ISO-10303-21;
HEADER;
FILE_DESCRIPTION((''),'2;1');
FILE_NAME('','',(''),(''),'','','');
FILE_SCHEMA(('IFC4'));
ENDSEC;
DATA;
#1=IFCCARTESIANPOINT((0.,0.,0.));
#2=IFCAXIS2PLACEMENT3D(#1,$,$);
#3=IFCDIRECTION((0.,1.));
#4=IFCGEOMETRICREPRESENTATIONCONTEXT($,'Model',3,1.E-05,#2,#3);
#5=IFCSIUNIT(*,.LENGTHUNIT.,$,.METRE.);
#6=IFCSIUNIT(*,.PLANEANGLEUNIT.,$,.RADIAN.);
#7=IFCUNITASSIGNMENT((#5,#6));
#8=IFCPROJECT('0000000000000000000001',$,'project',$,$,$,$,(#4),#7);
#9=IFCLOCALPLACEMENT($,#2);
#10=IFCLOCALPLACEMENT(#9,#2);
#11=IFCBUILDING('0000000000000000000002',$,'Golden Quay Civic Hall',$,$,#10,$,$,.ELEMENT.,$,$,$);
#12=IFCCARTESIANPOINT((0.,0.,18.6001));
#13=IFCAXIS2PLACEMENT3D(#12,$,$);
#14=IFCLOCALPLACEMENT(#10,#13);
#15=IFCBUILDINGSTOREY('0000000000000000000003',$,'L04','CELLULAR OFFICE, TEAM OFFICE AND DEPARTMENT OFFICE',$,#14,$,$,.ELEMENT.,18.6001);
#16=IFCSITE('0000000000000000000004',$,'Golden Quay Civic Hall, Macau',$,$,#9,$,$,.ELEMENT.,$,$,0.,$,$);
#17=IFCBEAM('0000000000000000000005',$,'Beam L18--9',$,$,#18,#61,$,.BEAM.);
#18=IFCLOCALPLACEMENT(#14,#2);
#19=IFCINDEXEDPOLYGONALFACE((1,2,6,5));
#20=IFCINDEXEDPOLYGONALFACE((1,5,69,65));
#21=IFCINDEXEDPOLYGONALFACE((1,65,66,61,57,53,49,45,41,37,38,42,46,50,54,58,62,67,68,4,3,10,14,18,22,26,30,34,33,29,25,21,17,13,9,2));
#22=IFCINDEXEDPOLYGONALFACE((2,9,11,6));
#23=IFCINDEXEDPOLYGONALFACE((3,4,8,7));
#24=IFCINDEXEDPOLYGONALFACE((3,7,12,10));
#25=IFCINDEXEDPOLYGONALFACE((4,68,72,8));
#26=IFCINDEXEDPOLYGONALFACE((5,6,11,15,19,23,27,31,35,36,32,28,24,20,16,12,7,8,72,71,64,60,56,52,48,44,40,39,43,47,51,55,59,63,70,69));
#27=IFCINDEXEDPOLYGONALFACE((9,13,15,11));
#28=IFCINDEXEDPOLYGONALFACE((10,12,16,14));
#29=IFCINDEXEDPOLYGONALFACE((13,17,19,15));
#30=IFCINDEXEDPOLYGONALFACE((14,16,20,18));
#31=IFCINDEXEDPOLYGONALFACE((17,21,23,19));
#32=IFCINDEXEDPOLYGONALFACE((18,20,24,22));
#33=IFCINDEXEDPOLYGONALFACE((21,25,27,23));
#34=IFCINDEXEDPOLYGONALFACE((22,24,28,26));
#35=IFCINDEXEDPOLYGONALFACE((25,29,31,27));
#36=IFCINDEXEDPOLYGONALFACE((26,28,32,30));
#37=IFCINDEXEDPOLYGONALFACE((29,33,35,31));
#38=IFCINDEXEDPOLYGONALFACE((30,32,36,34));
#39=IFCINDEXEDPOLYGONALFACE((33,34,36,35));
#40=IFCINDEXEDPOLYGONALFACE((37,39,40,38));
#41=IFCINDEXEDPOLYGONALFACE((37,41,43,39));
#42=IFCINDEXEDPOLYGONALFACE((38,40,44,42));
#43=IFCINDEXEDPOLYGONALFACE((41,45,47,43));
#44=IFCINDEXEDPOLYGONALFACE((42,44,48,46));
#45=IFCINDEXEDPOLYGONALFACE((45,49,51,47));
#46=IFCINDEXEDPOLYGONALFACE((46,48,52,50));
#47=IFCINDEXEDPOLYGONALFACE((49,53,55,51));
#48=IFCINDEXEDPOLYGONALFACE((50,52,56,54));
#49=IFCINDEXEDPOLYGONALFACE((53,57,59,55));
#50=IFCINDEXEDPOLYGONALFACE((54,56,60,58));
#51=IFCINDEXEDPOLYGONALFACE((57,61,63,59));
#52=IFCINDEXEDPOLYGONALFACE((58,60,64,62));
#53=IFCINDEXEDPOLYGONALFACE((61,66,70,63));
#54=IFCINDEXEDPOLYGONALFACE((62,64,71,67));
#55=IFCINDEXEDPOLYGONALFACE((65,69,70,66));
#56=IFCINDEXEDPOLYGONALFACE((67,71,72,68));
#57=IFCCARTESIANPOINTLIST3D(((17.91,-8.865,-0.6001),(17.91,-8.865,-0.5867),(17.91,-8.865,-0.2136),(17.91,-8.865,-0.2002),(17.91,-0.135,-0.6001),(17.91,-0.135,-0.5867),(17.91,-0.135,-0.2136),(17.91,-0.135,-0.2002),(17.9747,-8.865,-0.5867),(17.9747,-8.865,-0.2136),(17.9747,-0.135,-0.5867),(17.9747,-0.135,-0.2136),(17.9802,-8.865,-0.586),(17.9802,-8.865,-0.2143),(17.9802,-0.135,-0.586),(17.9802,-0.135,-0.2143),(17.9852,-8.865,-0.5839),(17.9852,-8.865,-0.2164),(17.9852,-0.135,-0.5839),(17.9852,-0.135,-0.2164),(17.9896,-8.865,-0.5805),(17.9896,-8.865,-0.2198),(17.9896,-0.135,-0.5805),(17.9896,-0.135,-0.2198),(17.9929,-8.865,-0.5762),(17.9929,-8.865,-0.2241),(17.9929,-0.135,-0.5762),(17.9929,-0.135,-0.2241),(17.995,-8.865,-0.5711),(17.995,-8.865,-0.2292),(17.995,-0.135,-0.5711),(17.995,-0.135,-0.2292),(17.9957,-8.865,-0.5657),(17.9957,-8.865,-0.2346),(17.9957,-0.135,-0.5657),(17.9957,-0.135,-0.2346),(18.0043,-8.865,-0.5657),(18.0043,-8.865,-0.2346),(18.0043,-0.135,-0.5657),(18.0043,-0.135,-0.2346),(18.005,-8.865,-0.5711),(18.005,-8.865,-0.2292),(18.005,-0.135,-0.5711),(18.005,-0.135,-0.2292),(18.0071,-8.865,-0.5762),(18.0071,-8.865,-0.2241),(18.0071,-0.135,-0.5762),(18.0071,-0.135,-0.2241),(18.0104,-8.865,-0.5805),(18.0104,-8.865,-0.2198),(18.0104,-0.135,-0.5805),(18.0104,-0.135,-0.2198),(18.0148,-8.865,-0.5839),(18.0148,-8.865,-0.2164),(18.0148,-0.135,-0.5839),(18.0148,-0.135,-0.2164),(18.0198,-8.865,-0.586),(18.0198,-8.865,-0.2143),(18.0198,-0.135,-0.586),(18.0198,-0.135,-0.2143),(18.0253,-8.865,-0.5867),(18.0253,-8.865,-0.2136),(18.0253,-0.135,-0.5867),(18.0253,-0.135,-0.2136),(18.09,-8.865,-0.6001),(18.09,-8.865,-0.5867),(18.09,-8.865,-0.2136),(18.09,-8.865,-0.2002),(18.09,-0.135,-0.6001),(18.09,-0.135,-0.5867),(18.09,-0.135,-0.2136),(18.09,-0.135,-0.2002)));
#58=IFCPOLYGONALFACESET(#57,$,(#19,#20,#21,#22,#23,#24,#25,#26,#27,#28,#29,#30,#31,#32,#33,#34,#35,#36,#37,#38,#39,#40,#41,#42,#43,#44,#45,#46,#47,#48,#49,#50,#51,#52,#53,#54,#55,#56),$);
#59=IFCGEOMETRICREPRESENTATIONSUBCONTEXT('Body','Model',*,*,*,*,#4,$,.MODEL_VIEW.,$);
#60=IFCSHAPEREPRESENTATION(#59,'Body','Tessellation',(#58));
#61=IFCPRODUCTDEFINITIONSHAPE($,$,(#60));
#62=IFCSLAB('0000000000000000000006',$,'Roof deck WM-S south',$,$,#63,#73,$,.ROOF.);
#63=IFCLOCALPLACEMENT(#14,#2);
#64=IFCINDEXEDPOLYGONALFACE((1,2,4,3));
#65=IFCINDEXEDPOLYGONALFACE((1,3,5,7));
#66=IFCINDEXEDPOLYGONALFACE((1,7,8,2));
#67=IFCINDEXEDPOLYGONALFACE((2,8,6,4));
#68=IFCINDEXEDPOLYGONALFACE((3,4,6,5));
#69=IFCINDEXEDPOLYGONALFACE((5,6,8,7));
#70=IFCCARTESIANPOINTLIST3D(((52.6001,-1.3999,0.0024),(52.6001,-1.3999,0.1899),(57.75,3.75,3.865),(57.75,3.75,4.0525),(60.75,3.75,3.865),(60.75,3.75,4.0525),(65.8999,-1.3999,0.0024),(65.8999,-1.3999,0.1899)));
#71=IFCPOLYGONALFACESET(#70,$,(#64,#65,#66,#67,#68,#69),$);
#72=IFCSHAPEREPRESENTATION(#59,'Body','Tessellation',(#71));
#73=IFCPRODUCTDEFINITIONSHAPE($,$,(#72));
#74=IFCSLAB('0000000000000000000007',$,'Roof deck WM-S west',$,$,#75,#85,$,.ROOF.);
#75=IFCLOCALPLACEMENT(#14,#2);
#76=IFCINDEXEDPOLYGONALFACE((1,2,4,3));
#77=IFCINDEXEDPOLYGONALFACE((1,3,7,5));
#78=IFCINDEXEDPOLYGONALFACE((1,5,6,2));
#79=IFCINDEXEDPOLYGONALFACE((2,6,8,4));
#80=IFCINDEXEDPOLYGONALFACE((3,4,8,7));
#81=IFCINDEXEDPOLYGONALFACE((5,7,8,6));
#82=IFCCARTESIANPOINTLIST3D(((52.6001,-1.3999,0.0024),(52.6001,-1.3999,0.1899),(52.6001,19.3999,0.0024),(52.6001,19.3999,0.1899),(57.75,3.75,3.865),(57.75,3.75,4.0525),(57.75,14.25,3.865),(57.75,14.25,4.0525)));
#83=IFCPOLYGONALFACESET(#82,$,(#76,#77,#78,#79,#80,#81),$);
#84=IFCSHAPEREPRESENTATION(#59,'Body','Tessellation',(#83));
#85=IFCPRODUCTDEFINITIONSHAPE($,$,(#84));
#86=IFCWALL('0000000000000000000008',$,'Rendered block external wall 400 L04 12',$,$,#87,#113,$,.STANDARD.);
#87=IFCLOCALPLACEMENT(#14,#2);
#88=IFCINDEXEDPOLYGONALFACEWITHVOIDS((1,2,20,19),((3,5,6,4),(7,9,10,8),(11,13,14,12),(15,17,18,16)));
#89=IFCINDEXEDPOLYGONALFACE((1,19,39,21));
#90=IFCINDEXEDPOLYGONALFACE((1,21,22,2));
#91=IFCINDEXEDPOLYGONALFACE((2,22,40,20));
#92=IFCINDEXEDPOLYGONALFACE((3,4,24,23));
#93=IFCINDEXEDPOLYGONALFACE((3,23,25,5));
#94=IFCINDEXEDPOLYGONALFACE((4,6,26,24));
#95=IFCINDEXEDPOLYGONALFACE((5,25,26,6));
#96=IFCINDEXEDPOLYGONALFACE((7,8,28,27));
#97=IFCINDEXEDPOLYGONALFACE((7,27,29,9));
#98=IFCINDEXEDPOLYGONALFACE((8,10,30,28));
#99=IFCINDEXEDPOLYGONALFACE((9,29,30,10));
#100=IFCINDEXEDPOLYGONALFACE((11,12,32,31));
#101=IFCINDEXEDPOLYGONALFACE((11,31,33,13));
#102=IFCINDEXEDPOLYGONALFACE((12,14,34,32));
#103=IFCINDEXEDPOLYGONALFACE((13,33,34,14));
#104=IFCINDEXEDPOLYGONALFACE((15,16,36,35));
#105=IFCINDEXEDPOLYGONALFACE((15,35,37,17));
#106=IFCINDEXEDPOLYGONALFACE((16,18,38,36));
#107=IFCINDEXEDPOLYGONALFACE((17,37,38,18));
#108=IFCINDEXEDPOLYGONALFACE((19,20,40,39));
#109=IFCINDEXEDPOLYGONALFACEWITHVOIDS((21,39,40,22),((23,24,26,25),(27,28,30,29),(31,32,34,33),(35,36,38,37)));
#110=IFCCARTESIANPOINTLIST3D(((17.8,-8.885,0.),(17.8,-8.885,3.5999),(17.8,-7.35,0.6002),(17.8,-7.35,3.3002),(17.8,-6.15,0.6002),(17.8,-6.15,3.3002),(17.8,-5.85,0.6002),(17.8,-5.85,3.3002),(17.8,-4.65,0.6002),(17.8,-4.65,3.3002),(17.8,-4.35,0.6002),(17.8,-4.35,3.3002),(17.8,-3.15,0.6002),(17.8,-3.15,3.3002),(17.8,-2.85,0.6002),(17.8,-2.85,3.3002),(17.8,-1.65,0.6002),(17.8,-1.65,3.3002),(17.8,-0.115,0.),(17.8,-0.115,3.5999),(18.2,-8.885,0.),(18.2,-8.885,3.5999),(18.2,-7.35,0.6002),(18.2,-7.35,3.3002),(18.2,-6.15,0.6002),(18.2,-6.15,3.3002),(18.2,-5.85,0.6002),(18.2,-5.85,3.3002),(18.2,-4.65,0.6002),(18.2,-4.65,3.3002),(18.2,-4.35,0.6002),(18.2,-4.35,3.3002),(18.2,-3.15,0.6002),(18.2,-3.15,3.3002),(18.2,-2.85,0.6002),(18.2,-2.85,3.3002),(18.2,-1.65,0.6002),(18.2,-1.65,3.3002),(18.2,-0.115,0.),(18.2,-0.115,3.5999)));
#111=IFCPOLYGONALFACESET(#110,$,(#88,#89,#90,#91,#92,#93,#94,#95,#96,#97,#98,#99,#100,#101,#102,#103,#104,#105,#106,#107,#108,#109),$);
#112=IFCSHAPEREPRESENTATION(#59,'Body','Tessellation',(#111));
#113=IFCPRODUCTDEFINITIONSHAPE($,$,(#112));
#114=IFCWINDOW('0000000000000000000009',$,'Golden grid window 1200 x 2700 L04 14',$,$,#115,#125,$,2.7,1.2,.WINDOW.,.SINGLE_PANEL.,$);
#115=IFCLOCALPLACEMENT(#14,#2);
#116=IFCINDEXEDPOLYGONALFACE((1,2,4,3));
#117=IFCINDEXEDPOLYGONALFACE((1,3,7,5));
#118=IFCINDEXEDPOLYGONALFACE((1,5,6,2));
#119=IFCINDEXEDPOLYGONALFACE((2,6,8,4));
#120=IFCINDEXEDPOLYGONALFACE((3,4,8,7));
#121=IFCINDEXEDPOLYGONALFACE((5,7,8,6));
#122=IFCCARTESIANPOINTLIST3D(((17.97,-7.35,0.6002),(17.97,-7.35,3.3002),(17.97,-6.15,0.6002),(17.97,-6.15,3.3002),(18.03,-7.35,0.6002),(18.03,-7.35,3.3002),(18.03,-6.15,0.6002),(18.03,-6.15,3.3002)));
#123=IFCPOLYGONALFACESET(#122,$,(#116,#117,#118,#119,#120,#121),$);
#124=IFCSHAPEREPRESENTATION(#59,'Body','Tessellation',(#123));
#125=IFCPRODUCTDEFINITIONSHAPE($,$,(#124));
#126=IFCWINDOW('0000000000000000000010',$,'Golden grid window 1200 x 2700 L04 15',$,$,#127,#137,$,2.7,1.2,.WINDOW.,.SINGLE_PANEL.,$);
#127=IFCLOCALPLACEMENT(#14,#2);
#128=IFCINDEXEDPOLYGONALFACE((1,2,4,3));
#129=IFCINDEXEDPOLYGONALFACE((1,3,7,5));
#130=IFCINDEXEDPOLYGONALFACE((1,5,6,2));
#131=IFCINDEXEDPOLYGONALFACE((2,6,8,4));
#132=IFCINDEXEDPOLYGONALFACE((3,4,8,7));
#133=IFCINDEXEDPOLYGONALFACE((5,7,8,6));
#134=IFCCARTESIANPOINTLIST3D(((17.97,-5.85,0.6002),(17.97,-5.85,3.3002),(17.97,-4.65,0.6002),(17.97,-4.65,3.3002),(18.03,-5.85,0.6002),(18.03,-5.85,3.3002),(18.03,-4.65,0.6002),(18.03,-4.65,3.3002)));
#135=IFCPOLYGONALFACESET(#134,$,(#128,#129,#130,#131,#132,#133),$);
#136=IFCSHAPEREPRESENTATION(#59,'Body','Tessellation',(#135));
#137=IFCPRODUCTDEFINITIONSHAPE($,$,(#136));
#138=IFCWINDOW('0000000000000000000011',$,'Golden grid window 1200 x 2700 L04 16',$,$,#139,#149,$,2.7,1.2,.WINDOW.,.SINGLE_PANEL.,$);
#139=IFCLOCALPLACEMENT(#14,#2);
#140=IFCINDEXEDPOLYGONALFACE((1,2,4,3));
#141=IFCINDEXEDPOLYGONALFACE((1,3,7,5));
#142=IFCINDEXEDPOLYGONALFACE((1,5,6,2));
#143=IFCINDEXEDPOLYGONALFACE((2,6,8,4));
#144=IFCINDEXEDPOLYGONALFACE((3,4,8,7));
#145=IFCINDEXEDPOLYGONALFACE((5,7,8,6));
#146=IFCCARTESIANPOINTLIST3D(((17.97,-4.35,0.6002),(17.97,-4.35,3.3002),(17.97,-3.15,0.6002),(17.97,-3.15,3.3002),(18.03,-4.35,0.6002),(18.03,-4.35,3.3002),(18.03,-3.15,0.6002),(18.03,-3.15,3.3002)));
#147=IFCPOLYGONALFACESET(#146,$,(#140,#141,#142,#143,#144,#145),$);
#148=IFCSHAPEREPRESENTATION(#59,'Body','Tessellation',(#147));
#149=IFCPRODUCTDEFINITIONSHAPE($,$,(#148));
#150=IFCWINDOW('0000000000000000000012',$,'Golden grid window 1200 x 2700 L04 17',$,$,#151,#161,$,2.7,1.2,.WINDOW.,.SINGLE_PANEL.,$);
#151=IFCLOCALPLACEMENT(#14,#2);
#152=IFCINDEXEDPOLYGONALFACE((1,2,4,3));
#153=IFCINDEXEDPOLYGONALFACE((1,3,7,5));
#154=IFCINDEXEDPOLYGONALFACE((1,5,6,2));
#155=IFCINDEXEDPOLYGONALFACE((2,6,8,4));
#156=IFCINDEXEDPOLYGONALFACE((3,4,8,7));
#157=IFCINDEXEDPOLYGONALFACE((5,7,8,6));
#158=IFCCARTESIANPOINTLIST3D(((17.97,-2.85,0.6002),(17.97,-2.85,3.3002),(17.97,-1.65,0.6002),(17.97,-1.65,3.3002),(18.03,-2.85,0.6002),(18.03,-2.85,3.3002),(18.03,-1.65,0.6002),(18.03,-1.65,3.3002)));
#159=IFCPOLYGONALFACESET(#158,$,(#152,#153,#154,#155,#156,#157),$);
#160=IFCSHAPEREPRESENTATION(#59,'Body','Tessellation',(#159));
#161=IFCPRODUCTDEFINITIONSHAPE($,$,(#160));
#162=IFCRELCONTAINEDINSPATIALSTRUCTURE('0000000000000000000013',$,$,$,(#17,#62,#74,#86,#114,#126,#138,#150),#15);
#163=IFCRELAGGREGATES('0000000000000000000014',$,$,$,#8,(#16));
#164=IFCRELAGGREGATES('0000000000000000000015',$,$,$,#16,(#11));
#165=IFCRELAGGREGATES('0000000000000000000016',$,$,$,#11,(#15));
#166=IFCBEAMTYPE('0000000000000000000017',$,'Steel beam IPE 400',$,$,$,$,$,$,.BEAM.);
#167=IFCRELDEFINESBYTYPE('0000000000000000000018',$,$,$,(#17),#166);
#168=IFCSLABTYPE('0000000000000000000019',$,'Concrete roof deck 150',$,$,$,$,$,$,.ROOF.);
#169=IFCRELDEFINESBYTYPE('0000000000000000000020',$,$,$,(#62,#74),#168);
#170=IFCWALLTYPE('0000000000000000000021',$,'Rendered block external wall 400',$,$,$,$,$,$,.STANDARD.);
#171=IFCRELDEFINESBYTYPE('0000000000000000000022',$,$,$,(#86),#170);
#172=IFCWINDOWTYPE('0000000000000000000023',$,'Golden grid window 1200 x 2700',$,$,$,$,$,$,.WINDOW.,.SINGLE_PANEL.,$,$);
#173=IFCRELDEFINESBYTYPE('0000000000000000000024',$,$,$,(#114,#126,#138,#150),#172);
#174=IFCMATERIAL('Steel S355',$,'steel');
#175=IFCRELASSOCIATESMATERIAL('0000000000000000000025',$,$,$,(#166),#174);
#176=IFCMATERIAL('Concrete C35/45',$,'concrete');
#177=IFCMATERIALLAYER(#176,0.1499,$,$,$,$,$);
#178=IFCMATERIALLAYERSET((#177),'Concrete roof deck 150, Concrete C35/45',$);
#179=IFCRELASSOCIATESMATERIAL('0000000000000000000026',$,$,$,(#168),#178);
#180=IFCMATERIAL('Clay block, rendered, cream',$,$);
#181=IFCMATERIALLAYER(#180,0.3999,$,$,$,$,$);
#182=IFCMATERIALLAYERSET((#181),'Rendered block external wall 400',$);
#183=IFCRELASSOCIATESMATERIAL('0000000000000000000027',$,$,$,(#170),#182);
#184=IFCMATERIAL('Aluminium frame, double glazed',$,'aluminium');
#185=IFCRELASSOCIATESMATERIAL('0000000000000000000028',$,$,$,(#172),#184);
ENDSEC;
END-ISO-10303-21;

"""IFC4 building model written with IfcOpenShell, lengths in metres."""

from ifc_helpers import new_model, si_unit, direction, frame, frame_2d, origin, origin_2d, place, context, subcontext, project, spatial, polyline, rectangle, i_section, outline, extrude, material, layer, layer_set, material_profile, profile_set, type_object, element, fill, save


model = new_model("IFC4")

# Units and contexts
model_context = context("Model", 3, precision=1e-05, world=origin(), true_north=direction((0.0, 1.0)))
body_context = subcontext(model_context, "Body", "Model", "MODEL_VIEW")
ifc_project = project(units=[si_unit("LENGTHUNIT", "METRE"), si_unit("PLANEANGLEUNIT", "RADIAN")], contexts=[model_context])

# Site, building, storey
site_placement = place(None, origin())
site = spatial("IfcSite", under=ifc_project, at=site_placement, Name="Golden Quay Civic Hall, Macau", CompositionType="ELEMENT", RefElevation=0.0)
building_placement = place(site_placement, origin())
building = spatial("IfcBuilding", under=site, at=building_placement, Name="Golden Quay Civic Hall", CompositionType="ELEMENT")
storey_placement = place(building_placement, frame((0.0, 0.0, 18.6001)))
storey = spatial("IfcBuildingStorey", under=building, at=storey_placement, Name="L04", Description="CELLULAR OFFICE, TEAM OFFICE AND DEPARTMENT OFFICE", CompositionType="ELEMENT", Elevation=18.6001)

# Beam
ifc_material_1 = material(Name="Steel S355", Category="steel")
ifc_material_profile_1 = material_profile(ifc_material_1, i_section(OverallWidth=0.1799, OverallDepth=0.3999, WebThickness=0.0085, FlangeThickness=0.0134, FilletRadius=0.021, at=origin_2d()), Name="IPE 400")
ifc_profile_set_1 = profile_set([ifc_material_profile_1], Name="Steel S355")
beam_type_1 = type_object("IfcBeamType", Name="Steel beam IPE 400", PredefinedType="BEAM", material=ifc_profile_set_1)
beam_1_placement = place(storey_placement, frame((18.0, -8.865, -0.4001), z_axis=(0.0, 1.0, 0.0), x_axis=(-1.0, 0.0, 0.0)))
element("IfcBeam", 1, at=beam_1_placement, inside=storey, type_object=beam_type_1, Name="Beam L18--9", PredefinedType="BEAM", context=body_context, shape_type="SweptSolid", body=[
    extrude(i_section(OverallWidth=0.1799, OverallDepth=0.3999, WebThickness=0.0085, FlangeThickness=0.0134, FilletRadius=0.021, at=origin_2d()), origin(), (0.0, 0.0, 1.0), 8.73),
])

# Slabs
ifc_material_2 = material(Name="Concrete C35/45", Category="concrete")
ifc_layer_1 = layer(ifc_material_2, 0.1499)
ifc_layer_set_1 = layer_set([ifc_layer_1], Name="Concrete roof deck 150, Concrete C35/45")
slab_type = type_object("IfcSlabType", Name="Concrete roof deck 150", PredefinedType="ROOF", material=ifc_layer_set_1)
slab_1_placement = place(storey_placement, frame((52.6001, -1.3999, 0.1899), z_axis=(0.0, -0.600012, 0.799991), x_axis=(1.0, 0.0, 0.0)))
element("IfcSlab", 2, at=slab_1_placement, inside=storey, type_object=slab_type, Name="Roof deck WM-S south", PredefinedType="ROOF", context=body_context, shape_type="SweptSolid", body=[
    extrude(outline(polyline([(0.0, 0.0), (13.2998, 0.0), (8.1499, 6.4375), (5.1499, 6.4375), (0.0, 0.0)])), origin(), (0.0, -0.600012, -0.799991), 0.1875),
])
slab_2_placement = place(storey_placement, frame((52.6001, -1.3999, 0.1899), z_axis=(-0.600012, 0.0, 0.799991), x_axis=(0.0, 1.0, 0.0)))
element("IfcSlab", 3, at=slab_2_placement, inside=storey, type_object=slab_type, Name="Roof deck WM-S west", PredefinedType="ROOF", context=body_context, shape_type="SweptSolid", body=[
    extrude(outline(polyline([(0.0, 0.0), (20.7998, 0.0), (15.6499, -6.4375), (5.1499, -6.4375), (0.0, 0.0)])), origin(), (0.0, 0.600012, -0.799991), 0.1875),
])

# Wall, openings, windows
ifc_material_3 = material(Name="Clay block, rendered, cream")
ifc_layer_2 = layer(ifc_material_3, 0.3999)
ifc_layer_set_2 = layer_set([ifc_layer_2], Name="Rendered block external wall 400")
wall_type = type_object("IfcWallType", Name="Rendered block external wall 400", PredefinedType="STANDARD", material=ifc_layer_set_2)
wall_1_placement = place(storey_placement, frame((18.0, -0.115, 0.0), z_axis=(0.0, 0.0, 1.0), x_axis=(0.0, -1.0, 0.0)))
wall_1 = element("IfcWall", 4, at=wall_1_placement, inside=storey, type_object=wall_type, Name="Rendered block external wall 400 L04 12", PredefinedType="STANDARD", context=body_context, shape_type="SweptSolid", body=[
    extrude(rectangle(XDim=8.77, YDim=0.3999, at=frame_2d((4.385, 0.0))), origin(), (0.0, 0.0, 1.0), 3.5999),
])
opening_1_placement = place(wall_1_placement, frame((6.0349, 0.0, 0.6001)))
opening_1 = element("IfcOpeningElement", 5, at=opening_1_placement, cuts=wall_1, PredefinedType="OPENING", context=body_context, shape_type="SweptSolid", body=[
    extrude(rectangle(XDim=1.2, YDim=2.7, at=frame_2d((0.6001, 1.3501))), frame((0.0, 0.21, 0.0), z_axis=(0.0, -1.0, 0.0), x_axis=(1.0, 0.0, 0.0)), (0.0, 0.0, 1.0), 0.4199),
])
opening_2_placement = place(wall_1_placement, frame((4.5349, 0.0, 0.6001)))
opening_2 = element("IfcOpeningElement", 6, at=opening_2_placement, cuts=wall_1, PredefinedType="OPENING", context=body_context, shape_type="SweptSolid", body=[
    extrude(rectangle(XDim=1.2, YDim=2.7, at=frame_2d((0.6001, 1.3501))), frame((0.0, 0.21, 0.0), z_axis=(0.0, -1.0, 0.0), x_axis=(1.0, 0.0, 0.0)), (0.0, 0.0, 1.0), 0.4199),
])
opening_3_placement = place(wall_1_placement, frame((3.0349, 0.0, 0.6001)))
opening_3 = element("IfcOpeningElement", 7, at=opening_3_placement, cuts=wall_1, PredefinedType="OPENING", context=body_context, shape_type="SweptSolid", body=[
    extrude(rectangle(XDim=1.2, YDim=2.7, at=frame_2d((0.6001, 1.3501))), frame((0.0, 0.21, 0.0), z_axis=(0.0, -1.0, 0.0), x_axis=(1.0, 0.0, 0.0)), (0.0, 0.0, 1.0), 0.4199),
])
opening_4_placement = place(wall_1_placement, frame((1.5349, 0.0, 0.6001)))
opening_4 = element("IfcOpeningElement", 8, at=opening_4_placement, cuts=wall_1, PredefinedType="OPENING", context=body_context, shape_type="SweptSolid", body=[
    extrude(rectangle(XDim=1.2, YDim=2.7, at=frame_2d((0.6001, 1.3501))), frame((0.0, 0.21, 0.0), z_axis=(0.0, -1.0, 0.0), x_axis=(1.0, 0.0, 0.0)), (0.0, 0.0, 1.0), 0.4199),
])
ifc_material_4 = material(Name="Aluminium frame, double glazed", Category="aluminium")
window_type = type_object("IfcWindowType", Name="Golden grid window 1200 x 2700", PartitioningType="SINGLE_PANEL", PredefinedType="WINDOW", material=ifc_material_4)
window_1_placement = place(opening_1_placement, origin())
window_1 = element("IfcWindow", 9, at=window_1_placement, inside=storey, type_object=window_type, Name="Golden grid window 1200 x 2700 L04 14", OverallHeight=2.7, OverallWidth=1.2, PartitioningType="SINGLE_PANEL", PredefinedType="WINDOW", context=body_context, shape_type="SweptSolid", body=[
    extrude(rectangle(XDim=1.2, YDim=2.7, at=frame_2d((0.6001, 1.3501))), frame((0.0, 0.03, 0.0), z_axis=(0.0, -1.0, 0.0), x_axis=(1.0, 0.0, 0.0)), (0.0, 0.0, 1.0), 0.0601),
])
fill(opening_1, window_1)
window_2_placement = place(opening_2_placement, origin())
window_2 = element("IfcWindow", 10, at=window_2_placement, inside=storey, type_object=window_type, Name="Golden grid window 1200 x 2700 L04 15", OverallHeight=2.7, OverallWidth=1.2, PartitioningType="SINGLE_PANEL", PredefinedType="WINDOW", context=body_context, shape_type="SweptSolid", body=[
    extrude(rectangle(XDim=1.2, YDim=2.7, at=frame_2d((0.6001, 1.3501))), frame((0.0, 0.03, 0.0), z_axis=(0.0, -1.0, 0.0), x_axis=(1.0, 0.0, 0.0)), (0.0, 0.0, 1.0), 0.0601),
])
fill(opening_2, window_2)
window_3_placement = place(opening_3_placement, origin())
window_3 = element("IfcWindow", 11, at=window_3_placement, inside=storey, type_object=window_type, Name="Golden grid window 1200 x 2700 L04 16", OverallHeight=2.7, OverallWidth=1.2, PartitioningType="SINGLE_PANEL", PredefinedType="WINDOW", context=body_context, shape_type="SweptSolid", body=[
    extrude(rectangle(XDim=1.2, YDim=2.7, at=frame_2d((0.6001, 1.3501))), frame((0.0, 0.03, 0.0), z_axis=(0.0, -1.0, 0.0), x_axis=(1.0, 0.0, 0.0)), (0.0, 0.0, 1.0), 0.0601),
])
fill(opening_3, window_3)
window_4_placement = place(opening_4_placement, origin())
window_4 = element("IfcWindow", 12, at=window_4_placement, inside=storey, type_object=window_type, Name="Golden grid window 1200 x 2700 L04 17", OverallHeight=2.7, OverallWidth=1.2, PartitioningType="SINGLE_PANEL", PredefinedType="WINDOW", context=body_context, shape_type="SweptSolid", body=[
    extrude(rectangle(XDim=1.2, YDim=2.7, at=frame_2d((0.6001, 1.3501))), frame((0.0, 0.03, 0.0), z_axis=(0.0, -1.0, 0.0), x_axis=(1.0, 0.0, 0.0)), (0.0, 0.0, 1.0), 0.0601),
])
fill(opening_4, window_4)

save(model, "model.ifc")
